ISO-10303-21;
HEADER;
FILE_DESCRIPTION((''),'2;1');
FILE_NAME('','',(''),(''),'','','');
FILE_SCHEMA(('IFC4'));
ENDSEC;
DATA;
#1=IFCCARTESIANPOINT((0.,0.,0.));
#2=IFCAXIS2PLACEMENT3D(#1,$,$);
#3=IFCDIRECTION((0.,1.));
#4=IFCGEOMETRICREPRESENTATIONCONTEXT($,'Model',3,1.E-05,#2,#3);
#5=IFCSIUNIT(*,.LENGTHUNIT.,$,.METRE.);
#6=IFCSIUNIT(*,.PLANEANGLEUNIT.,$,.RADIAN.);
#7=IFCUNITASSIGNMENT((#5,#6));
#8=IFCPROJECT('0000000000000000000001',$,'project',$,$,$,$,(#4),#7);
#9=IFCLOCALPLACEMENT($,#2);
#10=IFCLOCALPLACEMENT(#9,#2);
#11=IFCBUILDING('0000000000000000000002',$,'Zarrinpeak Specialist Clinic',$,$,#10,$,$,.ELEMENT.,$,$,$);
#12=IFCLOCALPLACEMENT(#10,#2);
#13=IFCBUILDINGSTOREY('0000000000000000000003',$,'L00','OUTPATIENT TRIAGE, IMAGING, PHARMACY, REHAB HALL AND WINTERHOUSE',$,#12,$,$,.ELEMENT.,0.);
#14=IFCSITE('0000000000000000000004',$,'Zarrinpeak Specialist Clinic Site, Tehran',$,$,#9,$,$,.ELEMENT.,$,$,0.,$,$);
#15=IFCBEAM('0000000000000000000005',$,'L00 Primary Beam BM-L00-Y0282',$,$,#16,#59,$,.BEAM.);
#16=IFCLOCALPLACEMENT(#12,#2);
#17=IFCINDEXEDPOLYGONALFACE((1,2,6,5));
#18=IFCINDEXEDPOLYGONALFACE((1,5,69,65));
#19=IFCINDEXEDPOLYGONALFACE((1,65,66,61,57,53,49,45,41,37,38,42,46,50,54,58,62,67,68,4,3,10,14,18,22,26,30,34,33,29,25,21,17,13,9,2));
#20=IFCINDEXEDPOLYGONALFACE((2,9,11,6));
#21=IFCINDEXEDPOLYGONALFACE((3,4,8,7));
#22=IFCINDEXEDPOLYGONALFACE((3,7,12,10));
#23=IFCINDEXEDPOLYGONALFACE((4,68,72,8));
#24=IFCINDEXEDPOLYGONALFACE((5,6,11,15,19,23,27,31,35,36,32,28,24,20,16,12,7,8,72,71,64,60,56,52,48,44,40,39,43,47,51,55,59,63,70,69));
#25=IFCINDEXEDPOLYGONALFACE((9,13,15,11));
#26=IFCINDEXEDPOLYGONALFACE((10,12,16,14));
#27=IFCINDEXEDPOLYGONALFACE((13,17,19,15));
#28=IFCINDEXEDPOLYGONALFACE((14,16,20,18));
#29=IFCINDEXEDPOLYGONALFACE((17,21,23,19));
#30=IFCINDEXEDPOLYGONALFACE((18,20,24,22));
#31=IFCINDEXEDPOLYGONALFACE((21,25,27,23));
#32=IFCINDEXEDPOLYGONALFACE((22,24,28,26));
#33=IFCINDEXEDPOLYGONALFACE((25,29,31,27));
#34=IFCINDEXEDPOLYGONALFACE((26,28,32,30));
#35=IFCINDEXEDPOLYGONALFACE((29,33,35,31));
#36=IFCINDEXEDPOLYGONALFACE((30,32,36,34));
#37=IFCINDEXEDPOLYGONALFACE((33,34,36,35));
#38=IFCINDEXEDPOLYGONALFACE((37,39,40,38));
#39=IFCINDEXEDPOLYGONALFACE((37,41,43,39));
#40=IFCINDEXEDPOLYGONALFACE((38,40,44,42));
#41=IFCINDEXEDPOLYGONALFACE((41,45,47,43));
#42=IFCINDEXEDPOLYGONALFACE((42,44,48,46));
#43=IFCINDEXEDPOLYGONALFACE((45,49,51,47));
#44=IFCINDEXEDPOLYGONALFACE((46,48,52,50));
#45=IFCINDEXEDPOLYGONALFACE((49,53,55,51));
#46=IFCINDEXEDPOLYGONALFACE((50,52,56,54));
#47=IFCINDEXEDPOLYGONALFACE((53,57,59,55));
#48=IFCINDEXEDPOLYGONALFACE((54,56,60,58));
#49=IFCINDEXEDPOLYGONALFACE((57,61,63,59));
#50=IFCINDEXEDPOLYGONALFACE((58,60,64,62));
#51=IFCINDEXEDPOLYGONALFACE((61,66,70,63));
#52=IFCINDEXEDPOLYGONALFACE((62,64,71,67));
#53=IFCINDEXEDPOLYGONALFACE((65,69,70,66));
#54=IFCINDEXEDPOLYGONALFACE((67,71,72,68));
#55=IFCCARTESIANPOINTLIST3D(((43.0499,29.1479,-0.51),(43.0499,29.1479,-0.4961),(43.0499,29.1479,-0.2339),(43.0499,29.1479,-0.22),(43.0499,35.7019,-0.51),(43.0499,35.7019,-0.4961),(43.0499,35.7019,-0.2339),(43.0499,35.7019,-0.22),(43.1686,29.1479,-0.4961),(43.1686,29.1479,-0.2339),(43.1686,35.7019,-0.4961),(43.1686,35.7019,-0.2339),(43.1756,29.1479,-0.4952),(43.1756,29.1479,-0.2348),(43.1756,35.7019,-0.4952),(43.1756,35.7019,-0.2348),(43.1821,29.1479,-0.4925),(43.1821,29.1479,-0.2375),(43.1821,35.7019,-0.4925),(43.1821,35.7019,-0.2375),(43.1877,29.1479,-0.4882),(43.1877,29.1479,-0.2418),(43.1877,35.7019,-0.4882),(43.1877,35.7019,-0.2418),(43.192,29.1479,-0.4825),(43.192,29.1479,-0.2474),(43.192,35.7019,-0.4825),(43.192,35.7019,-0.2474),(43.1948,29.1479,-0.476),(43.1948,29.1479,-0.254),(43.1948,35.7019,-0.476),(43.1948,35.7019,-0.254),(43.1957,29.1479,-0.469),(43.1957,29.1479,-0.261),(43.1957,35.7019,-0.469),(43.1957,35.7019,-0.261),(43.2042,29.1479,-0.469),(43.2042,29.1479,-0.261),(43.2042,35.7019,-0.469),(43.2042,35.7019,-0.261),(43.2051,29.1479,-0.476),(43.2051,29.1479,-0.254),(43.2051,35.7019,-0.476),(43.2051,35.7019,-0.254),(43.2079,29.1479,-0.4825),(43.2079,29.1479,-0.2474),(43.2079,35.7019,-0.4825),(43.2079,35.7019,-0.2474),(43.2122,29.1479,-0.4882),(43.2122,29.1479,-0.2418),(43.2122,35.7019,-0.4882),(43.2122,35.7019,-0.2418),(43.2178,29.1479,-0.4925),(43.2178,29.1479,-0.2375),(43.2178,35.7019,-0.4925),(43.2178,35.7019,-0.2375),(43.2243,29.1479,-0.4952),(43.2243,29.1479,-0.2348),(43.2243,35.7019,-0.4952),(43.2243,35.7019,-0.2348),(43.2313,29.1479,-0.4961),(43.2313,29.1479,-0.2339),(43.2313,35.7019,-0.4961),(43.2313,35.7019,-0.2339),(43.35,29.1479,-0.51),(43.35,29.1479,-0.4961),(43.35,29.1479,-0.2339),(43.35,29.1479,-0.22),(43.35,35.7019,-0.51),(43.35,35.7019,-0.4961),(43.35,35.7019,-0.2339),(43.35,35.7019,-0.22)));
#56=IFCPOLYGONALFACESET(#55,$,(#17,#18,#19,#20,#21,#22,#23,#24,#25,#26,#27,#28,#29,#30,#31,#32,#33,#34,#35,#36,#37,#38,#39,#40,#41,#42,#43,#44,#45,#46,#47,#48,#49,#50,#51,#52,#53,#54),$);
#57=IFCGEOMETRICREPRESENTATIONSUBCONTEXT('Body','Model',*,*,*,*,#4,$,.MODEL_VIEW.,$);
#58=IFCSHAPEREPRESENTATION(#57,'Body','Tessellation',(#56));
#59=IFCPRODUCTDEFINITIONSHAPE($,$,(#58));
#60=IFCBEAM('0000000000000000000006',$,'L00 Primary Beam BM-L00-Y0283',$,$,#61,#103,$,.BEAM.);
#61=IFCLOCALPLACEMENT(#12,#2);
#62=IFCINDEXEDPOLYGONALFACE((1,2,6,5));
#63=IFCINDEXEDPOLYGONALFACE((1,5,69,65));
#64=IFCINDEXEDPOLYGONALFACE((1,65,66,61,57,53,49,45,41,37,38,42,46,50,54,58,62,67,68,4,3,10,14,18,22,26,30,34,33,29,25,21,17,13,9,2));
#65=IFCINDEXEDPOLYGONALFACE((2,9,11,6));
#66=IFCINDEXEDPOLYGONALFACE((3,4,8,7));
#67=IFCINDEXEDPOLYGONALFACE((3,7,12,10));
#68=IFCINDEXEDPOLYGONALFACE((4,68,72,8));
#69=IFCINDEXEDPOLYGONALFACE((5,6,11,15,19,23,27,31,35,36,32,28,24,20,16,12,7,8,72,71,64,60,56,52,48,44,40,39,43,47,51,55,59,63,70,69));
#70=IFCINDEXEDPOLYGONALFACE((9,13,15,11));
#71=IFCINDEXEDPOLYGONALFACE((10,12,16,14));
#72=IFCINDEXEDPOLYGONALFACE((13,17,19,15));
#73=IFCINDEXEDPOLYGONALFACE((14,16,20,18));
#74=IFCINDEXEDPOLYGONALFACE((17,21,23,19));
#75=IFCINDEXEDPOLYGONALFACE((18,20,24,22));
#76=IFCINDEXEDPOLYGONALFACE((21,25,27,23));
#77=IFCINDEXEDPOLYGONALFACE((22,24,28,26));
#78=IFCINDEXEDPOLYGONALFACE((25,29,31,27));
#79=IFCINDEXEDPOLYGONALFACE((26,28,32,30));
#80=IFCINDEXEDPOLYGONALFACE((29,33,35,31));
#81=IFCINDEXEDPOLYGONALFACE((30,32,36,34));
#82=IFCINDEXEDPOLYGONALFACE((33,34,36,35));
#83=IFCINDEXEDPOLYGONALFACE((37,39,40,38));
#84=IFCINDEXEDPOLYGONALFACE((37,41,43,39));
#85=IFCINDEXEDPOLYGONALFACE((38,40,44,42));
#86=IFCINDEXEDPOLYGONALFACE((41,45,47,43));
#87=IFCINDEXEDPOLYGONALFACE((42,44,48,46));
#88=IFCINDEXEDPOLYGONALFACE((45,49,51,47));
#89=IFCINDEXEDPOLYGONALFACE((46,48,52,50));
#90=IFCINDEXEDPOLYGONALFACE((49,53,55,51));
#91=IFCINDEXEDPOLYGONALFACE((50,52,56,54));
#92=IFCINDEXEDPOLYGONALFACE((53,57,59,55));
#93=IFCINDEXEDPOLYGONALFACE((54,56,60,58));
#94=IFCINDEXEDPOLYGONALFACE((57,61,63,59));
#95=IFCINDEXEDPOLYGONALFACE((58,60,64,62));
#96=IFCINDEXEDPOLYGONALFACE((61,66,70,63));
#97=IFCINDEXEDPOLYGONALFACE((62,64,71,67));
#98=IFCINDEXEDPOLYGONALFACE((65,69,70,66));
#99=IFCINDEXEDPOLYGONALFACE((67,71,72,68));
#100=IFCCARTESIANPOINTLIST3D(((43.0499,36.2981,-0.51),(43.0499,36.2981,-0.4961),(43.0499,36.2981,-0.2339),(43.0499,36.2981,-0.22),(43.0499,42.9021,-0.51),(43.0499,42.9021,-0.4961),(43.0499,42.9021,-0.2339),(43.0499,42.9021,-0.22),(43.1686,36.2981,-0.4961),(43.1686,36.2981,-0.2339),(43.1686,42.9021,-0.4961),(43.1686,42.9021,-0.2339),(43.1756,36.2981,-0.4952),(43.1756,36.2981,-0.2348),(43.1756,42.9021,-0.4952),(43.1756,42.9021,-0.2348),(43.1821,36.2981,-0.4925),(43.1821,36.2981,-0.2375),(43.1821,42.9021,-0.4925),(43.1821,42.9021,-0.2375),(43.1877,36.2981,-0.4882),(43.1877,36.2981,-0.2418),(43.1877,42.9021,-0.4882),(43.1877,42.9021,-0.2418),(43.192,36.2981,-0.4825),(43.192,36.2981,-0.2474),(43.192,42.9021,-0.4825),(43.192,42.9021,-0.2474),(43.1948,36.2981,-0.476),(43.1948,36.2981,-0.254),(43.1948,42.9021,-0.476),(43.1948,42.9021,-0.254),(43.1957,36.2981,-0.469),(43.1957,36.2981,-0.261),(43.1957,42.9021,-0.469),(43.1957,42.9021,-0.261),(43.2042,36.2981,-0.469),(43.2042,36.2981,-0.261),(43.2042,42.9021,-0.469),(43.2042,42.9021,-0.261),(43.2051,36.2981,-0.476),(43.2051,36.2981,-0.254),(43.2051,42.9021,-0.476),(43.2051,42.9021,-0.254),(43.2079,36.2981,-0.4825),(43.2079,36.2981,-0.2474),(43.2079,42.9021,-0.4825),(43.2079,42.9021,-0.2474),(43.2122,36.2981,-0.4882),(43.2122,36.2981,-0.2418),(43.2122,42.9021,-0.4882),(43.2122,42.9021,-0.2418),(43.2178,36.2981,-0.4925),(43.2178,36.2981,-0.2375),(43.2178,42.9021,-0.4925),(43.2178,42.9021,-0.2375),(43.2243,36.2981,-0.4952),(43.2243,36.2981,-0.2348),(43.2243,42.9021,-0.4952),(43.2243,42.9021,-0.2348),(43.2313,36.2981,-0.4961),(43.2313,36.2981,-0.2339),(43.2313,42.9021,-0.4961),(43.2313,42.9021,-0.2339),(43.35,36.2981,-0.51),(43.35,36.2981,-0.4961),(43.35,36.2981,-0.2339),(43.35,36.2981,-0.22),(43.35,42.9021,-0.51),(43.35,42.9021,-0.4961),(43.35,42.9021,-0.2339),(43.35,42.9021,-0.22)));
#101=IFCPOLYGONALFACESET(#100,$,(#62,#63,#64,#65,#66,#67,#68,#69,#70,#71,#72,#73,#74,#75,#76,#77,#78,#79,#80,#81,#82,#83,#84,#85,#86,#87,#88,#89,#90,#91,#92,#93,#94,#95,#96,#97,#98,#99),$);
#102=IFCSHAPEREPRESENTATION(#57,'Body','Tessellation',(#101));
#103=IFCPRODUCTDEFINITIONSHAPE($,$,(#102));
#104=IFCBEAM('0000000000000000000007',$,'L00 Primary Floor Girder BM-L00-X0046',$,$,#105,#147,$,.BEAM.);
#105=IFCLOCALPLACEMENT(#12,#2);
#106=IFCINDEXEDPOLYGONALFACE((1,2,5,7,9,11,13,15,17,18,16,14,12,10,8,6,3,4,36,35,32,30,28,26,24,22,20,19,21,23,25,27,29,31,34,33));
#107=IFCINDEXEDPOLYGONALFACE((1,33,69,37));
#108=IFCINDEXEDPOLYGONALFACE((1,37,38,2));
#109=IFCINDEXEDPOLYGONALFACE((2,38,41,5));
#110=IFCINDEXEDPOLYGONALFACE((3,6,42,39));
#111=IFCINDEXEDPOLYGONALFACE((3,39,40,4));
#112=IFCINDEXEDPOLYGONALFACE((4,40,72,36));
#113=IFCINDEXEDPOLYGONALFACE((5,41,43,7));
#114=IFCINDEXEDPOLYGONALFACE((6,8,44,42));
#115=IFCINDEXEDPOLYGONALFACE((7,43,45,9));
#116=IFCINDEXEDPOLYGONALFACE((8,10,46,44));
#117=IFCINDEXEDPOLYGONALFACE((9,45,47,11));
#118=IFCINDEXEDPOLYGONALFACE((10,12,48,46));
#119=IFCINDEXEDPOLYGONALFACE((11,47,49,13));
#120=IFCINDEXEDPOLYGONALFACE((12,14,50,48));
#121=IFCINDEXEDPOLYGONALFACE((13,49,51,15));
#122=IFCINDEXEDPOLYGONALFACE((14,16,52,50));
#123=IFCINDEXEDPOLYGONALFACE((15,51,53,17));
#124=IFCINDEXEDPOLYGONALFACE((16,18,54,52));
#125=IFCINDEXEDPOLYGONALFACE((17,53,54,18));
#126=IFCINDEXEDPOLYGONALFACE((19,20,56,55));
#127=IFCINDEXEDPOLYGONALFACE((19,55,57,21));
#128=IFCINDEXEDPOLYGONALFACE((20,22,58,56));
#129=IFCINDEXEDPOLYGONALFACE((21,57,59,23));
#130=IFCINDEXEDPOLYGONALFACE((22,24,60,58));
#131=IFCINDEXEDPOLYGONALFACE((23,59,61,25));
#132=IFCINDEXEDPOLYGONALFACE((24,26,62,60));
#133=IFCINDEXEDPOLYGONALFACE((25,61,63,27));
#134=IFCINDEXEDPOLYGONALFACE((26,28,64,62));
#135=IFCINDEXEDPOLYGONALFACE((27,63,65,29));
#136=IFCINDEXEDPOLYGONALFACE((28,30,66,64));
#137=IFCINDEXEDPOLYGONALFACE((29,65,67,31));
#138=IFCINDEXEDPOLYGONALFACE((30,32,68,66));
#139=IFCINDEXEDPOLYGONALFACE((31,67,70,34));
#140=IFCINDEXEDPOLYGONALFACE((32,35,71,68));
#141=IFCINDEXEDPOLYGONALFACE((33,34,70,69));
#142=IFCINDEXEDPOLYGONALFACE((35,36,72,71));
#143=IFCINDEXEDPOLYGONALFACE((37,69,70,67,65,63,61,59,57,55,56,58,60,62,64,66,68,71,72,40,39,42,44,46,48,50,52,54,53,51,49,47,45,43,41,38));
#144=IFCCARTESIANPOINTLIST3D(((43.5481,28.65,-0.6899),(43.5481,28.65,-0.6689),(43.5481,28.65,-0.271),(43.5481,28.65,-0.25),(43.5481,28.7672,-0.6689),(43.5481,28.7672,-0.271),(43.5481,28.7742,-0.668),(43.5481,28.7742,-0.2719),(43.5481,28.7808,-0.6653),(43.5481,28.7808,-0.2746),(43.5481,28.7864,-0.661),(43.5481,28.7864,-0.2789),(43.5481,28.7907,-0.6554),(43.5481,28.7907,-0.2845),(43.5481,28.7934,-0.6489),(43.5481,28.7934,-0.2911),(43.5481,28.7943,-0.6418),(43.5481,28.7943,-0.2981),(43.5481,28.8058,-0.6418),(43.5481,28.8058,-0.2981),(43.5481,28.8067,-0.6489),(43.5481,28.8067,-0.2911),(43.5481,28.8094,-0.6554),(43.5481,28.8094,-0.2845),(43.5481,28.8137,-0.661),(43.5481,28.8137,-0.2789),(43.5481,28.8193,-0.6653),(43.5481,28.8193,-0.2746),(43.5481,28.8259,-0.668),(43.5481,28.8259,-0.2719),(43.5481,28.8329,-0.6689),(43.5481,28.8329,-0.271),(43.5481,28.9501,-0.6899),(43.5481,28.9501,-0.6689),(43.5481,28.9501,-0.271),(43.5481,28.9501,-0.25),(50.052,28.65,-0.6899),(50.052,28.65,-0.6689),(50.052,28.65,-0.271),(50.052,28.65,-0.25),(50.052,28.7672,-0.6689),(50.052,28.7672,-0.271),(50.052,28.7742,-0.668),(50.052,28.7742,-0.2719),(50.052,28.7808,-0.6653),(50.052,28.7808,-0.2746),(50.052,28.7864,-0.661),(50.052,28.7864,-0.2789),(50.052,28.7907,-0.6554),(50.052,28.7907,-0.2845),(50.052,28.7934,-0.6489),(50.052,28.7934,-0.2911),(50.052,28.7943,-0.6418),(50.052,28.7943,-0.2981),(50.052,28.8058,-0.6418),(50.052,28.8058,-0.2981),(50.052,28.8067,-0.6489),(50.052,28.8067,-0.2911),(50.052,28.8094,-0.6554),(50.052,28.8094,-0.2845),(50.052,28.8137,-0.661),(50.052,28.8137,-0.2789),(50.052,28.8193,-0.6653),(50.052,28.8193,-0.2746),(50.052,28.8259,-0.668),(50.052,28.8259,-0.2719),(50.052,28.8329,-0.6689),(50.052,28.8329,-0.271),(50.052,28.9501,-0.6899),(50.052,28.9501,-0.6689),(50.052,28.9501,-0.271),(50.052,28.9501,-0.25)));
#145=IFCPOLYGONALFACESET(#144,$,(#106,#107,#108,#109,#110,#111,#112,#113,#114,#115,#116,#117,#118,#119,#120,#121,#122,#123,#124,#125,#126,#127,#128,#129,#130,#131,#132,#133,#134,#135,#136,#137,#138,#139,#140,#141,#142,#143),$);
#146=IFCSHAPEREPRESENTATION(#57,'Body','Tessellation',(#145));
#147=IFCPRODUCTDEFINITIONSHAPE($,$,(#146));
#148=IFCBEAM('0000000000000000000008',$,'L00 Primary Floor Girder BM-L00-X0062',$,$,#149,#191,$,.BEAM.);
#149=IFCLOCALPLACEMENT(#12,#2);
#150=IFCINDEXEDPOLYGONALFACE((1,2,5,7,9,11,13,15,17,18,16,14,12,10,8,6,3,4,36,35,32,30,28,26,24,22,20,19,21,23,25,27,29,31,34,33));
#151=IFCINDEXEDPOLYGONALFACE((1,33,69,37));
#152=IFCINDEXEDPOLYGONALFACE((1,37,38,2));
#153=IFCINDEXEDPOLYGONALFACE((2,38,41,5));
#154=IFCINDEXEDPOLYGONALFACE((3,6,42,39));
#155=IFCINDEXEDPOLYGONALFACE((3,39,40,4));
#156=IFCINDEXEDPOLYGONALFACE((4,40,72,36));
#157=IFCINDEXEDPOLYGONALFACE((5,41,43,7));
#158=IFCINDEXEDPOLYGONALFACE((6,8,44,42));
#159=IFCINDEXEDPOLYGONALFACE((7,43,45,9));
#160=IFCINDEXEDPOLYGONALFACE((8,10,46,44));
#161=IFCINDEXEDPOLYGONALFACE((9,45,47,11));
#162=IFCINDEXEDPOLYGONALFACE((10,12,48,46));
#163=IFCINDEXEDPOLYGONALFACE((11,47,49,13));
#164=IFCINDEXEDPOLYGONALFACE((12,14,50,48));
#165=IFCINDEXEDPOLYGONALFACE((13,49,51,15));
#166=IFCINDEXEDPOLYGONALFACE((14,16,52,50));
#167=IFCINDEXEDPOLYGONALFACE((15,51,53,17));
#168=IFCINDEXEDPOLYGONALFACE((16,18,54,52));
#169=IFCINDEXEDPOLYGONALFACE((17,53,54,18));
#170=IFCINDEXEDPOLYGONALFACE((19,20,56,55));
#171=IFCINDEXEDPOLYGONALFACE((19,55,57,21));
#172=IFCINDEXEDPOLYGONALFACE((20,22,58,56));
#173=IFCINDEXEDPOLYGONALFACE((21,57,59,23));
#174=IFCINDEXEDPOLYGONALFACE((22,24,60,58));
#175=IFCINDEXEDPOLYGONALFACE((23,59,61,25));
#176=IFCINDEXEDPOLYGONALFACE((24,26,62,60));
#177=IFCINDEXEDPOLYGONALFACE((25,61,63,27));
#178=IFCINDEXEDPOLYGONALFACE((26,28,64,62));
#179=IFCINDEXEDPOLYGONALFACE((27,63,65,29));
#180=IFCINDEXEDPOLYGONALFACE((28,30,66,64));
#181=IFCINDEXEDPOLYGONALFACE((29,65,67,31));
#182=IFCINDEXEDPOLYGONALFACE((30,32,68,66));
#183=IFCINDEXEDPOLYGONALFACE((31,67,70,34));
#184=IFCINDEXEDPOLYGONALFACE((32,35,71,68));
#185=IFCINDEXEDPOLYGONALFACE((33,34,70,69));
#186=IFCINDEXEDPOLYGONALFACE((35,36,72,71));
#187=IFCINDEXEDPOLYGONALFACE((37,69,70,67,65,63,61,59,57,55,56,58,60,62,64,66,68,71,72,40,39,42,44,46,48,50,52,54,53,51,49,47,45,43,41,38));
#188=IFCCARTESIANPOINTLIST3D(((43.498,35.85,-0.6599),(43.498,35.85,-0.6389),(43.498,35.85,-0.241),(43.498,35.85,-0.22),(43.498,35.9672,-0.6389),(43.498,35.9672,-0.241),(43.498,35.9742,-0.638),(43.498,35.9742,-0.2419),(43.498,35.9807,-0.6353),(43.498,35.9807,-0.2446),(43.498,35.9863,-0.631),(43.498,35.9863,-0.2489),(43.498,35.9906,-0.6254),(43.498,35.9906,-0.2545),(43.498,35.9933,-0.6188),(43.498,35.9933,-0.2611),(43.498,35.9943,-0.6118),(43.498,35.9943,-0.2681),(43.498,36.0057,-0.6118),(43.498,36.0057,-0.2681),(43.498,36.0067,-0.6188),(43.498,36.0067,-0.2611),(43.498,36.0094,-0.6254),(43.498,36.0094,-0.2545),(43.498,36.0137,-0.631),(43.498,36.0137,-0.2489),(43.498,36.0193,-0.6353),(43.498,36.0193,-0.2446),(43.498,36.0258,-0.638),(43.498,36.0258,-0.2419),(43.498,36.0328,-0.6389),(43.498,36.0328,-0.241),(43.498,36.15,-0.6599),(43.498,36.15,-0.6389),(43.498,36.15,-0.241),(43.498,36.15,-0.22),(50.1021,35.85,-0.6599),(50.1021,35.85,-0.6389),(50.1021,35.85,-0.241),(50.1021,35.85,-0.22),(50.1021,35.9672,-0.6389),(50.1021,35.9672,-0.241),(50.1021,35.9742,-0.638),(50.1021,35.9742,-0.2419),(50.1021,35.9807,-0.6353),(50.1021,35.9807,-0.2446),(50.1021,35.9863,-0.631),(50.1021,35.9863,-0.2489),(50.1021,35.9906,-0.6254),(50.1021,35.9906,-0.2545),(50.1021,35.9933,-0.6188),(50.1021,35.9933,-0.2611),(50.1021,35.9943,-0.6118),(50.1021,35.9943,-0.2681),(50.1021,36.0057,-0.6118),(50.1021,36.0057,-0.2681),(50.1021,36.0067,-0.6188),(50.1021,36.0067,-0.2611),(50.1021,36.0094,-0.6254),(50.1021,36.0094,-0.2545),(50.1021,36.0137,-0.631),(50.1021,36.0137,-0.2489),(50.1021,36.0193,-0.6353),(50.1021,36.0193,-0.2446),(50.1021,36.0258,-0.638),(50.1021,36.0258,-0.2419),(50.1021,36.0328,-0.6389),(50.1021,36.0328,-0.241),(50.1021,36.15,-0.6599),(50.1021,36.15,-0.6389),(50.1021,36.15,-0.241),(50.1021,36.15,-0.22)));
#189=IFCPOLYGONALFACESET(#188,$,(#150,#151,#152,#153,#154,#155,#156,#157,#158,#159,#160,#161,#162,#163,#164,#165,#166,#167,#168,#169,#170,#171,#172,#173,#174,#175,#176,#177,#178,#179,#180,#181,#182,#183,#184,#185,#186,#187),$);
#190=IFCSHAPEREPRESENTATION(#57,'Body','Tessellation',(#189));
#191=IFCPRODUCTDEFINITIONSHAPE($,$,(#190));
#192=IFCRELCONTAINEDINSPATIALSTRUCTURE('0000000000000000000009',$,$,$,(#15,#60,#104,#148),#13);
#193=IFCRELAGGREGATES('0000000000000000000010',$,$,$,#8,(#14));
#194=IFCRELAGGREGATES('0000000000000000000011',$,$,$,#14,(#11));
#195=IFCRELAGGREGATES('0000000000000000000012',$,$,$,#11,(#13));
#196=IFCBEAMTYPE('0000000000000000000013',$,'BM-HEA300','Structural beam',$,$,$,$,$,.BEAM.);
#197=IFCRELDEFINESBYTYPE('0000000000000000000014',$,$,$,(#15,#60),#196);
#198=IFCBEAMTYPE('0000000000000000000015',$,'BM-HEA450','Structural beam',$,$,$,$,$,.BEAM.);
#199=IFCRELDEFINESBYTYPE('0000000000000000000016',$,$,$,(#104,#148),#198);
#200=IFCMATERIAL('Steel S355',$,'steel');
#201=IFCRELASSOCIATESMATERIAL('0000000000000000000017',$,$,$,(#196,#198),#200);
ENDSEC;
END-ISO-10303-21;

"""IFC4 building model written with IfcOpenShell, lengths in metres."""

from ifc_helpers import new_model, si_unit, direction, frame, origin, origin_2d, place, context, subcontext, project, spatial, i_section, extrude, material, material_profile, profile_set, type_object, element, save


model = new_model("IFC4")

# Units and contexts
model_context = context("Model", 3, precision=1e-05, world=origin(), true_north=direction((0.0, 1.0)))
body_context = subcontext(model_context, "Body", "Model", "MODEL_VIEW")
ifc_project = project(units=[si_unit("LENGTHUNIT", "METRE"), si_unit("PLANEANGLEUNIT", "RADIAN")], contexts=[model_context])

# Site, building, storey
site_placement = place(None, origin())
site = spatial("IfcSite", under=ifc_project, at=site_placement, Name="Zarrinpeak Specialist Clinic Site, Tehran", CompositionType="ELEMENT", RefElevation=0.0)
building_placement = place(site_placement, origin())
building = spatial("IfcBuilding", under=site, at=building_placement, Name="Zarrinpeak Specialist Clinic", CompositionType="ELEMENT")
storey_placement = place(building_placement, origin())
storey = spatial("IfcBuildingStorey", under=building, at=storey_placement, Name="L00", Description="OUTPATIENT TRIAGE, IMAGING, PHARMACY, REHAB HALL AND WINTERHOUSE", CompositionType="ELEMENT", Elevation=0.0)

# Beams
ifc_material_1 = material(Name="Steel S355", Category="steel")
ifc_material_profile_1 = material_profile(ifc_material_1, i_section(OverallWidth=0.3, OverallDepth=0.29, WebThickness=0.0085, FlangeThickness=0.0139, FilletRadius=0.0271, at=origin_2d()), Name="HEA 300")
ifc_profile_set_1 = profile_set([ifc_material_profile_1], Name="Steel S355")
beam_type_1 = type_object("IfcBeamType", Name="BM-HEA300", Description="Structural beam", PredefinedType="BEAM", material=ifc_profile_set_1)
beam_1_placement = place(storey_placement, frame((43.2, 29.1479, -0.365), z_axis=(0.0, 1.0, 0.0), x_axis=(-1.0, 0.0, 0.0)))
element("IfcBeam", 1, at=beam_1_placement, inside=storey, type_object=beam_type_1, Name="L00 Primary Beam BM-L00-Y0282", PredefinedType="BEAM", context=body_context, shape_type="SweptSolid", body=[
    extrude(i_section(OverallWidth=0.3, OverallDepth=0.29, WebThickness=0.0085, FlangeThickness=0.0139, FilletRadius=0.0271, at=origin_2d()), origin(), (0.0, 0.0, 1.0), 6.554),
])
beam_2_placement = place(storey_placement, frame((43.2, 36.2981, -0.365), z_axis=(0.0, 1.0, 0.0), x_axis=(-1.0, 0.0, 0.0)))
element("IfcBeam", 2, at=beam_2_placement, inside=storey, type_object=beam_type_1, Name="L00 Primary Beam BM-L00-Y0283", PredefinedType="BEAM", context=body_context, shape_type="SweptSolid", body=[
    extrude(i_section(OverallWidth=0.3, OverallDepth=0.29, WebThickness=0.0085, FlangeThickness=0.0139, FilletRadius=0.0271, at=origin_2d()), origin(), (0.0, 0.0, 1.0), 6.604),
])
ifc_material_profile_2 = material_profile(ifc_material_1, i_section(OverallWidth=0.3, OverallDepth=0.4399, WebThickness=0.0115, FlangeThickness=0.021, FilletRadius=0.0271, at=origin_2d()), Name="HEA 450")
ifc_profile_set_2 = profile_set([ifc_material_profile_2], Name="Steel S355")
beam_type_2 = type_object("IfcBeamType", Name="BM-HEA450", Description="Structural beam", PredefinedType="BEAM", material=ifc_profile_set_2)
beam_3_placement = place(storey_placement, frame((43.5481, 28.8, -0.47), z_axis=(1.0, 0.0, 0.0), x_axis=(0.0, 1.0, 0.0)))
element("IfcBeam", 3, at=beam_3_placement, inside=storey, type_object=beam_type_2, Name="L00 Primary Floor Girder BM-L00-X0046", PredefinedType="BEAM", context=body_context, shape_type="SweptSolid", body=[
    extrude(i_section(OverallWidth=0.3, OverallDepth=0.4399, WebThickness=0.0115, FlangeThickness=0.021, FilletRadius=0.0271, at=origin_2d()), origin(), (0.0, 0.0, 1.0), 6.5039),
])
beam_4_placement = place(storey_placement, frame((43.498, 36.0, -0.4399), z_axis=(1.0, 0.0, 0.0), x_axis=(0.0, 1.0, 0.0)))
element("IfcBeam", 4, at=beam_4_placement, inside=storey, type_object=beam_type_2, Name="L00 Primary Floor Girder BM-L00-X0062", PredefinedType="BEAM", context=body_context, shape_type="SweptSolid", body=[
    extrude(i_section(OverallWidth=0.3, OverallDepth=0.4399, WebThickness=0.0115, FlangeThickness=0.021, FilletRadius=0.0271, at=origin_2d()), origin(), (0.0, 0.0, 1.0), 6.604),
])

save(model, "model.ifc")
